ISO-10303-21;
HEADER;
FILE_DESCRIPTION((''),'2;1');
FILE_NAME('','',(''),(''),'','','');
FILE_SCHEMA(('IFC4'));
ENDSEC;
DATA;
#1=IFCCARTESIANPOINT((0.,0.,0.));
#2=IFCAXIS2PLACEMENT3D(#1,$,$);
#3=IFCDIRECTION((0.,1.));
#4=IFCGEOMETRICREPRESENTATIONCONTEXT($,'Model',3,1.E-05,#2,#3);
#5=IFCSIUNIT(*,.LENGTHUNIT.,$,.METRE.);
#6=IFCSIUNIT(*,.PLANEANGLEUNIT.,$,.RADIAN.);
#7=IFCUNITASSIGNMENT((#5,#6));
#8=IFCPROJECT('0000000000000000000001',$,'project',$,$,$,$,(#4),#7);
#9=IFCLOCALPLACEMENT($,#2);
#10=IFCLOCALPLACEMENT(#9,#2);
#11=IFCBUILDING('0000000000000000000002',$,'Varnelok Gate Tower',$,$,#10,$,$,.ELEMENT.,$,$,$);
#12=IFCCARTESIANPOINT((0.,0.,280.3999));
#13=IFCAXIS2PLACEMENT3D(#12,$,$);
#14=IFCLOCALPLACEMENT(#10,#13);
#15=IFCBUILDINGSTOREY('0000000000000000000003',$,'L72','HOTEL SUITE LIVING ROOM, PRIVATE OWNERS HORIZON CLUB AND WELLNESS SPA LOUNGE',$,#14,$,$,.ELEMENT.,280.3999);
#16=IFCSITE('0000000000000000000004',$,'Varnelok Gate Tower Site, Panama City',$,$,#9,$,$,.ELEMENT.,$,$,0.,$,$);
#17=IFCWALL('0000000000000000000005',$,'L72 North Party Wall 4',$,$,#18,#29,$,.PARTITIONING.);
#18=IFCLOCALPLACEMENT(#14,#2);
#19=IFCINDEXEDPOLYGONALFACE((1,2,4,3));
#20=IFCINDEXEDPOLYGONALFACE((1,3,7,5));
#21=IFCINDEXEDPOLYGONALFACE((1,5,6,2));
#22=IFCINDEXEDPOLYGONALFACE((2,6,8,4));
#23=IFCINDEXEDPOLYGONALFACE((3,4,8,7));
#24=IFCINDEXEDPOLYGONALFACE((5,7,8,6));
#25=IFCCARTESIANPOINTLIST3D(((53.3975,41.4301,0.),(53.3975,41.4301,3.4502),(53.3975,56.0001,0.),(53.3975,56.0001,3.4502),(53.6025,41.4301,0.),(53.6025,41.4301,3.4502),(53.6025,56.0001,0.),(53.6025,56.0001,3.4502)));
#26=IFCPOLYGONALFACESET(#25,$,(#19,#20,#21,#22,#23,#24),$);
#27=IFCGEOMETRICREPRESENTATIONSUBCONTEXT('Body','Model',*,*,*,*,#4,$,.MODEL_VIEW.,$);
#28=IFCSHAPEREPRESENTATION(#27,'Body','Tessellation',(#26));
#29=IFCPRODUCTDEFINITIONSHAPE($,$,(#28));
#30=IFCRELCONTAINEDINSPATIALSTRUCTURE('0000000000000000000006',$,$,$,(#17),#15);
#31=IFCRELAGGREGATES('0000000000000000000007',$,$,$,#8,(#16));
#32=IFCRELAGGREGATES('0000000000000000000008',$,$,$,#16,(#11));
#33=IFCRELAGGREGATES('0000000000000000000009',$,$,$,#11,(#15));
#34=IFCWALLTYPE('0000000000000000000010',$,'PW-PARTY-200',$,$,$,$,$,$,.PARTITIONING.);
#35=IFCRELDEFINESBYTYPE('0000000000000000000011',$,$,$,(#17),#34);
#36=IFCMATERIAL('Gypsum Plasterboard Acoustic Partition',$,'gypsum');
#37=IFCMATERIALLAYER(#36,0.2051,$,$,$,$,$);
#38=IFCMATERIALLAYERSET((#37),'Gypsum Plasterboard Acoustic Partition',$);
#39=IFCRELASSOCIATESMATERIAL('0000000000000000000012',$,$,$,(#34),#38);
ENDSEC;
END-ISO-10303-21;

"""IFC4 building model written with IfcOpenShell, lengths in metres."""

from ifc_helpers import new_model, si_unit, direction, frame, frame_2d, origin, place, context, subcontext, project, spatial, rectangle, extrude, material, layer, layer_set, type_object, element, save


model = new_model("IFC4")

# Units and contexts
model_context = context("Model", 3, precision=1e-05, world=origin(), true_north=direction((0.0, 1.0)))
body_context = subcontext(model_context, "Body", "Model", "MODEL_VIEW")
ifc_project = project(units=[si_unit("LENGTHUNIT", "METRE"), si_unit("PLANEANGLEUNIT", "RADIAN")], contexts=[model_context])

# Site, building, storey
site_placement = place(None, origin())
site = spatial("IfcSite", under=ifc_project, at=site_placement, Name="Varnelok Gate Tower Site, Panama City", CompositionType="ELEMENT", RefElevation=0.0)
building_placement = place(site_placement, origin())
building = spatial("IfcBuilding", under=site, at=building_placement, Name="Varnelok Gate Tower", CompositionType="ELEMENT")
storey_placement = place(building_placement, frame((0.0, 0.0, 280.3999)))
storey = spatial("IfcBuildingStorey", under=building, at=storey_placement, Name="L72", Description="HOTEL SUITE LIVING ROOM, PRIVATE OWNERS HORIZON CLUB AND WELLNESS SPA LOUNGE", CompositionType="ELEMENT", Elevation=280.3999)

# Shared definitions
ifc_material_1 = material(Name="Gypsum Plasterboard Acoustic Partition", Category="gypsum")

# Wall
ifc_layer_1 = layer(ifc_material_1, 0.2051)
ifc_layer_set_1 = layer_set([ifc_layer_1], Name="Gypsum Plasterboard Acoustic Partition")
wall_type_1 = type_object("IfcWallType", Name="PW-PARTY-200", PredefinedType="PARTITIONING", material=ifc_layer_set_1)
wall_1_placement = place(storey_placement, frame((53.5, 41.4299, 0.0), z_axis=(0.0, 0.0, 1.0), x_axis=(0.0, 1.0, 0.0)))
element("IfcWall", 1, at=wall_1_placement, inside=storey, type_object=wall_type_1, Name="L72 North Party Wall 4", PredefinedType="PARTITIONING", context=body_context, shape_type="SweptSolid", body=[
    extrude(rectangle(XDim=14.5701, YDim=0.2051, at=frame_2d((7.2852, 0.0))), origin(), (0.0, 0.0, 1.0), 3.4502),
])

save(model, "model.ifc")
